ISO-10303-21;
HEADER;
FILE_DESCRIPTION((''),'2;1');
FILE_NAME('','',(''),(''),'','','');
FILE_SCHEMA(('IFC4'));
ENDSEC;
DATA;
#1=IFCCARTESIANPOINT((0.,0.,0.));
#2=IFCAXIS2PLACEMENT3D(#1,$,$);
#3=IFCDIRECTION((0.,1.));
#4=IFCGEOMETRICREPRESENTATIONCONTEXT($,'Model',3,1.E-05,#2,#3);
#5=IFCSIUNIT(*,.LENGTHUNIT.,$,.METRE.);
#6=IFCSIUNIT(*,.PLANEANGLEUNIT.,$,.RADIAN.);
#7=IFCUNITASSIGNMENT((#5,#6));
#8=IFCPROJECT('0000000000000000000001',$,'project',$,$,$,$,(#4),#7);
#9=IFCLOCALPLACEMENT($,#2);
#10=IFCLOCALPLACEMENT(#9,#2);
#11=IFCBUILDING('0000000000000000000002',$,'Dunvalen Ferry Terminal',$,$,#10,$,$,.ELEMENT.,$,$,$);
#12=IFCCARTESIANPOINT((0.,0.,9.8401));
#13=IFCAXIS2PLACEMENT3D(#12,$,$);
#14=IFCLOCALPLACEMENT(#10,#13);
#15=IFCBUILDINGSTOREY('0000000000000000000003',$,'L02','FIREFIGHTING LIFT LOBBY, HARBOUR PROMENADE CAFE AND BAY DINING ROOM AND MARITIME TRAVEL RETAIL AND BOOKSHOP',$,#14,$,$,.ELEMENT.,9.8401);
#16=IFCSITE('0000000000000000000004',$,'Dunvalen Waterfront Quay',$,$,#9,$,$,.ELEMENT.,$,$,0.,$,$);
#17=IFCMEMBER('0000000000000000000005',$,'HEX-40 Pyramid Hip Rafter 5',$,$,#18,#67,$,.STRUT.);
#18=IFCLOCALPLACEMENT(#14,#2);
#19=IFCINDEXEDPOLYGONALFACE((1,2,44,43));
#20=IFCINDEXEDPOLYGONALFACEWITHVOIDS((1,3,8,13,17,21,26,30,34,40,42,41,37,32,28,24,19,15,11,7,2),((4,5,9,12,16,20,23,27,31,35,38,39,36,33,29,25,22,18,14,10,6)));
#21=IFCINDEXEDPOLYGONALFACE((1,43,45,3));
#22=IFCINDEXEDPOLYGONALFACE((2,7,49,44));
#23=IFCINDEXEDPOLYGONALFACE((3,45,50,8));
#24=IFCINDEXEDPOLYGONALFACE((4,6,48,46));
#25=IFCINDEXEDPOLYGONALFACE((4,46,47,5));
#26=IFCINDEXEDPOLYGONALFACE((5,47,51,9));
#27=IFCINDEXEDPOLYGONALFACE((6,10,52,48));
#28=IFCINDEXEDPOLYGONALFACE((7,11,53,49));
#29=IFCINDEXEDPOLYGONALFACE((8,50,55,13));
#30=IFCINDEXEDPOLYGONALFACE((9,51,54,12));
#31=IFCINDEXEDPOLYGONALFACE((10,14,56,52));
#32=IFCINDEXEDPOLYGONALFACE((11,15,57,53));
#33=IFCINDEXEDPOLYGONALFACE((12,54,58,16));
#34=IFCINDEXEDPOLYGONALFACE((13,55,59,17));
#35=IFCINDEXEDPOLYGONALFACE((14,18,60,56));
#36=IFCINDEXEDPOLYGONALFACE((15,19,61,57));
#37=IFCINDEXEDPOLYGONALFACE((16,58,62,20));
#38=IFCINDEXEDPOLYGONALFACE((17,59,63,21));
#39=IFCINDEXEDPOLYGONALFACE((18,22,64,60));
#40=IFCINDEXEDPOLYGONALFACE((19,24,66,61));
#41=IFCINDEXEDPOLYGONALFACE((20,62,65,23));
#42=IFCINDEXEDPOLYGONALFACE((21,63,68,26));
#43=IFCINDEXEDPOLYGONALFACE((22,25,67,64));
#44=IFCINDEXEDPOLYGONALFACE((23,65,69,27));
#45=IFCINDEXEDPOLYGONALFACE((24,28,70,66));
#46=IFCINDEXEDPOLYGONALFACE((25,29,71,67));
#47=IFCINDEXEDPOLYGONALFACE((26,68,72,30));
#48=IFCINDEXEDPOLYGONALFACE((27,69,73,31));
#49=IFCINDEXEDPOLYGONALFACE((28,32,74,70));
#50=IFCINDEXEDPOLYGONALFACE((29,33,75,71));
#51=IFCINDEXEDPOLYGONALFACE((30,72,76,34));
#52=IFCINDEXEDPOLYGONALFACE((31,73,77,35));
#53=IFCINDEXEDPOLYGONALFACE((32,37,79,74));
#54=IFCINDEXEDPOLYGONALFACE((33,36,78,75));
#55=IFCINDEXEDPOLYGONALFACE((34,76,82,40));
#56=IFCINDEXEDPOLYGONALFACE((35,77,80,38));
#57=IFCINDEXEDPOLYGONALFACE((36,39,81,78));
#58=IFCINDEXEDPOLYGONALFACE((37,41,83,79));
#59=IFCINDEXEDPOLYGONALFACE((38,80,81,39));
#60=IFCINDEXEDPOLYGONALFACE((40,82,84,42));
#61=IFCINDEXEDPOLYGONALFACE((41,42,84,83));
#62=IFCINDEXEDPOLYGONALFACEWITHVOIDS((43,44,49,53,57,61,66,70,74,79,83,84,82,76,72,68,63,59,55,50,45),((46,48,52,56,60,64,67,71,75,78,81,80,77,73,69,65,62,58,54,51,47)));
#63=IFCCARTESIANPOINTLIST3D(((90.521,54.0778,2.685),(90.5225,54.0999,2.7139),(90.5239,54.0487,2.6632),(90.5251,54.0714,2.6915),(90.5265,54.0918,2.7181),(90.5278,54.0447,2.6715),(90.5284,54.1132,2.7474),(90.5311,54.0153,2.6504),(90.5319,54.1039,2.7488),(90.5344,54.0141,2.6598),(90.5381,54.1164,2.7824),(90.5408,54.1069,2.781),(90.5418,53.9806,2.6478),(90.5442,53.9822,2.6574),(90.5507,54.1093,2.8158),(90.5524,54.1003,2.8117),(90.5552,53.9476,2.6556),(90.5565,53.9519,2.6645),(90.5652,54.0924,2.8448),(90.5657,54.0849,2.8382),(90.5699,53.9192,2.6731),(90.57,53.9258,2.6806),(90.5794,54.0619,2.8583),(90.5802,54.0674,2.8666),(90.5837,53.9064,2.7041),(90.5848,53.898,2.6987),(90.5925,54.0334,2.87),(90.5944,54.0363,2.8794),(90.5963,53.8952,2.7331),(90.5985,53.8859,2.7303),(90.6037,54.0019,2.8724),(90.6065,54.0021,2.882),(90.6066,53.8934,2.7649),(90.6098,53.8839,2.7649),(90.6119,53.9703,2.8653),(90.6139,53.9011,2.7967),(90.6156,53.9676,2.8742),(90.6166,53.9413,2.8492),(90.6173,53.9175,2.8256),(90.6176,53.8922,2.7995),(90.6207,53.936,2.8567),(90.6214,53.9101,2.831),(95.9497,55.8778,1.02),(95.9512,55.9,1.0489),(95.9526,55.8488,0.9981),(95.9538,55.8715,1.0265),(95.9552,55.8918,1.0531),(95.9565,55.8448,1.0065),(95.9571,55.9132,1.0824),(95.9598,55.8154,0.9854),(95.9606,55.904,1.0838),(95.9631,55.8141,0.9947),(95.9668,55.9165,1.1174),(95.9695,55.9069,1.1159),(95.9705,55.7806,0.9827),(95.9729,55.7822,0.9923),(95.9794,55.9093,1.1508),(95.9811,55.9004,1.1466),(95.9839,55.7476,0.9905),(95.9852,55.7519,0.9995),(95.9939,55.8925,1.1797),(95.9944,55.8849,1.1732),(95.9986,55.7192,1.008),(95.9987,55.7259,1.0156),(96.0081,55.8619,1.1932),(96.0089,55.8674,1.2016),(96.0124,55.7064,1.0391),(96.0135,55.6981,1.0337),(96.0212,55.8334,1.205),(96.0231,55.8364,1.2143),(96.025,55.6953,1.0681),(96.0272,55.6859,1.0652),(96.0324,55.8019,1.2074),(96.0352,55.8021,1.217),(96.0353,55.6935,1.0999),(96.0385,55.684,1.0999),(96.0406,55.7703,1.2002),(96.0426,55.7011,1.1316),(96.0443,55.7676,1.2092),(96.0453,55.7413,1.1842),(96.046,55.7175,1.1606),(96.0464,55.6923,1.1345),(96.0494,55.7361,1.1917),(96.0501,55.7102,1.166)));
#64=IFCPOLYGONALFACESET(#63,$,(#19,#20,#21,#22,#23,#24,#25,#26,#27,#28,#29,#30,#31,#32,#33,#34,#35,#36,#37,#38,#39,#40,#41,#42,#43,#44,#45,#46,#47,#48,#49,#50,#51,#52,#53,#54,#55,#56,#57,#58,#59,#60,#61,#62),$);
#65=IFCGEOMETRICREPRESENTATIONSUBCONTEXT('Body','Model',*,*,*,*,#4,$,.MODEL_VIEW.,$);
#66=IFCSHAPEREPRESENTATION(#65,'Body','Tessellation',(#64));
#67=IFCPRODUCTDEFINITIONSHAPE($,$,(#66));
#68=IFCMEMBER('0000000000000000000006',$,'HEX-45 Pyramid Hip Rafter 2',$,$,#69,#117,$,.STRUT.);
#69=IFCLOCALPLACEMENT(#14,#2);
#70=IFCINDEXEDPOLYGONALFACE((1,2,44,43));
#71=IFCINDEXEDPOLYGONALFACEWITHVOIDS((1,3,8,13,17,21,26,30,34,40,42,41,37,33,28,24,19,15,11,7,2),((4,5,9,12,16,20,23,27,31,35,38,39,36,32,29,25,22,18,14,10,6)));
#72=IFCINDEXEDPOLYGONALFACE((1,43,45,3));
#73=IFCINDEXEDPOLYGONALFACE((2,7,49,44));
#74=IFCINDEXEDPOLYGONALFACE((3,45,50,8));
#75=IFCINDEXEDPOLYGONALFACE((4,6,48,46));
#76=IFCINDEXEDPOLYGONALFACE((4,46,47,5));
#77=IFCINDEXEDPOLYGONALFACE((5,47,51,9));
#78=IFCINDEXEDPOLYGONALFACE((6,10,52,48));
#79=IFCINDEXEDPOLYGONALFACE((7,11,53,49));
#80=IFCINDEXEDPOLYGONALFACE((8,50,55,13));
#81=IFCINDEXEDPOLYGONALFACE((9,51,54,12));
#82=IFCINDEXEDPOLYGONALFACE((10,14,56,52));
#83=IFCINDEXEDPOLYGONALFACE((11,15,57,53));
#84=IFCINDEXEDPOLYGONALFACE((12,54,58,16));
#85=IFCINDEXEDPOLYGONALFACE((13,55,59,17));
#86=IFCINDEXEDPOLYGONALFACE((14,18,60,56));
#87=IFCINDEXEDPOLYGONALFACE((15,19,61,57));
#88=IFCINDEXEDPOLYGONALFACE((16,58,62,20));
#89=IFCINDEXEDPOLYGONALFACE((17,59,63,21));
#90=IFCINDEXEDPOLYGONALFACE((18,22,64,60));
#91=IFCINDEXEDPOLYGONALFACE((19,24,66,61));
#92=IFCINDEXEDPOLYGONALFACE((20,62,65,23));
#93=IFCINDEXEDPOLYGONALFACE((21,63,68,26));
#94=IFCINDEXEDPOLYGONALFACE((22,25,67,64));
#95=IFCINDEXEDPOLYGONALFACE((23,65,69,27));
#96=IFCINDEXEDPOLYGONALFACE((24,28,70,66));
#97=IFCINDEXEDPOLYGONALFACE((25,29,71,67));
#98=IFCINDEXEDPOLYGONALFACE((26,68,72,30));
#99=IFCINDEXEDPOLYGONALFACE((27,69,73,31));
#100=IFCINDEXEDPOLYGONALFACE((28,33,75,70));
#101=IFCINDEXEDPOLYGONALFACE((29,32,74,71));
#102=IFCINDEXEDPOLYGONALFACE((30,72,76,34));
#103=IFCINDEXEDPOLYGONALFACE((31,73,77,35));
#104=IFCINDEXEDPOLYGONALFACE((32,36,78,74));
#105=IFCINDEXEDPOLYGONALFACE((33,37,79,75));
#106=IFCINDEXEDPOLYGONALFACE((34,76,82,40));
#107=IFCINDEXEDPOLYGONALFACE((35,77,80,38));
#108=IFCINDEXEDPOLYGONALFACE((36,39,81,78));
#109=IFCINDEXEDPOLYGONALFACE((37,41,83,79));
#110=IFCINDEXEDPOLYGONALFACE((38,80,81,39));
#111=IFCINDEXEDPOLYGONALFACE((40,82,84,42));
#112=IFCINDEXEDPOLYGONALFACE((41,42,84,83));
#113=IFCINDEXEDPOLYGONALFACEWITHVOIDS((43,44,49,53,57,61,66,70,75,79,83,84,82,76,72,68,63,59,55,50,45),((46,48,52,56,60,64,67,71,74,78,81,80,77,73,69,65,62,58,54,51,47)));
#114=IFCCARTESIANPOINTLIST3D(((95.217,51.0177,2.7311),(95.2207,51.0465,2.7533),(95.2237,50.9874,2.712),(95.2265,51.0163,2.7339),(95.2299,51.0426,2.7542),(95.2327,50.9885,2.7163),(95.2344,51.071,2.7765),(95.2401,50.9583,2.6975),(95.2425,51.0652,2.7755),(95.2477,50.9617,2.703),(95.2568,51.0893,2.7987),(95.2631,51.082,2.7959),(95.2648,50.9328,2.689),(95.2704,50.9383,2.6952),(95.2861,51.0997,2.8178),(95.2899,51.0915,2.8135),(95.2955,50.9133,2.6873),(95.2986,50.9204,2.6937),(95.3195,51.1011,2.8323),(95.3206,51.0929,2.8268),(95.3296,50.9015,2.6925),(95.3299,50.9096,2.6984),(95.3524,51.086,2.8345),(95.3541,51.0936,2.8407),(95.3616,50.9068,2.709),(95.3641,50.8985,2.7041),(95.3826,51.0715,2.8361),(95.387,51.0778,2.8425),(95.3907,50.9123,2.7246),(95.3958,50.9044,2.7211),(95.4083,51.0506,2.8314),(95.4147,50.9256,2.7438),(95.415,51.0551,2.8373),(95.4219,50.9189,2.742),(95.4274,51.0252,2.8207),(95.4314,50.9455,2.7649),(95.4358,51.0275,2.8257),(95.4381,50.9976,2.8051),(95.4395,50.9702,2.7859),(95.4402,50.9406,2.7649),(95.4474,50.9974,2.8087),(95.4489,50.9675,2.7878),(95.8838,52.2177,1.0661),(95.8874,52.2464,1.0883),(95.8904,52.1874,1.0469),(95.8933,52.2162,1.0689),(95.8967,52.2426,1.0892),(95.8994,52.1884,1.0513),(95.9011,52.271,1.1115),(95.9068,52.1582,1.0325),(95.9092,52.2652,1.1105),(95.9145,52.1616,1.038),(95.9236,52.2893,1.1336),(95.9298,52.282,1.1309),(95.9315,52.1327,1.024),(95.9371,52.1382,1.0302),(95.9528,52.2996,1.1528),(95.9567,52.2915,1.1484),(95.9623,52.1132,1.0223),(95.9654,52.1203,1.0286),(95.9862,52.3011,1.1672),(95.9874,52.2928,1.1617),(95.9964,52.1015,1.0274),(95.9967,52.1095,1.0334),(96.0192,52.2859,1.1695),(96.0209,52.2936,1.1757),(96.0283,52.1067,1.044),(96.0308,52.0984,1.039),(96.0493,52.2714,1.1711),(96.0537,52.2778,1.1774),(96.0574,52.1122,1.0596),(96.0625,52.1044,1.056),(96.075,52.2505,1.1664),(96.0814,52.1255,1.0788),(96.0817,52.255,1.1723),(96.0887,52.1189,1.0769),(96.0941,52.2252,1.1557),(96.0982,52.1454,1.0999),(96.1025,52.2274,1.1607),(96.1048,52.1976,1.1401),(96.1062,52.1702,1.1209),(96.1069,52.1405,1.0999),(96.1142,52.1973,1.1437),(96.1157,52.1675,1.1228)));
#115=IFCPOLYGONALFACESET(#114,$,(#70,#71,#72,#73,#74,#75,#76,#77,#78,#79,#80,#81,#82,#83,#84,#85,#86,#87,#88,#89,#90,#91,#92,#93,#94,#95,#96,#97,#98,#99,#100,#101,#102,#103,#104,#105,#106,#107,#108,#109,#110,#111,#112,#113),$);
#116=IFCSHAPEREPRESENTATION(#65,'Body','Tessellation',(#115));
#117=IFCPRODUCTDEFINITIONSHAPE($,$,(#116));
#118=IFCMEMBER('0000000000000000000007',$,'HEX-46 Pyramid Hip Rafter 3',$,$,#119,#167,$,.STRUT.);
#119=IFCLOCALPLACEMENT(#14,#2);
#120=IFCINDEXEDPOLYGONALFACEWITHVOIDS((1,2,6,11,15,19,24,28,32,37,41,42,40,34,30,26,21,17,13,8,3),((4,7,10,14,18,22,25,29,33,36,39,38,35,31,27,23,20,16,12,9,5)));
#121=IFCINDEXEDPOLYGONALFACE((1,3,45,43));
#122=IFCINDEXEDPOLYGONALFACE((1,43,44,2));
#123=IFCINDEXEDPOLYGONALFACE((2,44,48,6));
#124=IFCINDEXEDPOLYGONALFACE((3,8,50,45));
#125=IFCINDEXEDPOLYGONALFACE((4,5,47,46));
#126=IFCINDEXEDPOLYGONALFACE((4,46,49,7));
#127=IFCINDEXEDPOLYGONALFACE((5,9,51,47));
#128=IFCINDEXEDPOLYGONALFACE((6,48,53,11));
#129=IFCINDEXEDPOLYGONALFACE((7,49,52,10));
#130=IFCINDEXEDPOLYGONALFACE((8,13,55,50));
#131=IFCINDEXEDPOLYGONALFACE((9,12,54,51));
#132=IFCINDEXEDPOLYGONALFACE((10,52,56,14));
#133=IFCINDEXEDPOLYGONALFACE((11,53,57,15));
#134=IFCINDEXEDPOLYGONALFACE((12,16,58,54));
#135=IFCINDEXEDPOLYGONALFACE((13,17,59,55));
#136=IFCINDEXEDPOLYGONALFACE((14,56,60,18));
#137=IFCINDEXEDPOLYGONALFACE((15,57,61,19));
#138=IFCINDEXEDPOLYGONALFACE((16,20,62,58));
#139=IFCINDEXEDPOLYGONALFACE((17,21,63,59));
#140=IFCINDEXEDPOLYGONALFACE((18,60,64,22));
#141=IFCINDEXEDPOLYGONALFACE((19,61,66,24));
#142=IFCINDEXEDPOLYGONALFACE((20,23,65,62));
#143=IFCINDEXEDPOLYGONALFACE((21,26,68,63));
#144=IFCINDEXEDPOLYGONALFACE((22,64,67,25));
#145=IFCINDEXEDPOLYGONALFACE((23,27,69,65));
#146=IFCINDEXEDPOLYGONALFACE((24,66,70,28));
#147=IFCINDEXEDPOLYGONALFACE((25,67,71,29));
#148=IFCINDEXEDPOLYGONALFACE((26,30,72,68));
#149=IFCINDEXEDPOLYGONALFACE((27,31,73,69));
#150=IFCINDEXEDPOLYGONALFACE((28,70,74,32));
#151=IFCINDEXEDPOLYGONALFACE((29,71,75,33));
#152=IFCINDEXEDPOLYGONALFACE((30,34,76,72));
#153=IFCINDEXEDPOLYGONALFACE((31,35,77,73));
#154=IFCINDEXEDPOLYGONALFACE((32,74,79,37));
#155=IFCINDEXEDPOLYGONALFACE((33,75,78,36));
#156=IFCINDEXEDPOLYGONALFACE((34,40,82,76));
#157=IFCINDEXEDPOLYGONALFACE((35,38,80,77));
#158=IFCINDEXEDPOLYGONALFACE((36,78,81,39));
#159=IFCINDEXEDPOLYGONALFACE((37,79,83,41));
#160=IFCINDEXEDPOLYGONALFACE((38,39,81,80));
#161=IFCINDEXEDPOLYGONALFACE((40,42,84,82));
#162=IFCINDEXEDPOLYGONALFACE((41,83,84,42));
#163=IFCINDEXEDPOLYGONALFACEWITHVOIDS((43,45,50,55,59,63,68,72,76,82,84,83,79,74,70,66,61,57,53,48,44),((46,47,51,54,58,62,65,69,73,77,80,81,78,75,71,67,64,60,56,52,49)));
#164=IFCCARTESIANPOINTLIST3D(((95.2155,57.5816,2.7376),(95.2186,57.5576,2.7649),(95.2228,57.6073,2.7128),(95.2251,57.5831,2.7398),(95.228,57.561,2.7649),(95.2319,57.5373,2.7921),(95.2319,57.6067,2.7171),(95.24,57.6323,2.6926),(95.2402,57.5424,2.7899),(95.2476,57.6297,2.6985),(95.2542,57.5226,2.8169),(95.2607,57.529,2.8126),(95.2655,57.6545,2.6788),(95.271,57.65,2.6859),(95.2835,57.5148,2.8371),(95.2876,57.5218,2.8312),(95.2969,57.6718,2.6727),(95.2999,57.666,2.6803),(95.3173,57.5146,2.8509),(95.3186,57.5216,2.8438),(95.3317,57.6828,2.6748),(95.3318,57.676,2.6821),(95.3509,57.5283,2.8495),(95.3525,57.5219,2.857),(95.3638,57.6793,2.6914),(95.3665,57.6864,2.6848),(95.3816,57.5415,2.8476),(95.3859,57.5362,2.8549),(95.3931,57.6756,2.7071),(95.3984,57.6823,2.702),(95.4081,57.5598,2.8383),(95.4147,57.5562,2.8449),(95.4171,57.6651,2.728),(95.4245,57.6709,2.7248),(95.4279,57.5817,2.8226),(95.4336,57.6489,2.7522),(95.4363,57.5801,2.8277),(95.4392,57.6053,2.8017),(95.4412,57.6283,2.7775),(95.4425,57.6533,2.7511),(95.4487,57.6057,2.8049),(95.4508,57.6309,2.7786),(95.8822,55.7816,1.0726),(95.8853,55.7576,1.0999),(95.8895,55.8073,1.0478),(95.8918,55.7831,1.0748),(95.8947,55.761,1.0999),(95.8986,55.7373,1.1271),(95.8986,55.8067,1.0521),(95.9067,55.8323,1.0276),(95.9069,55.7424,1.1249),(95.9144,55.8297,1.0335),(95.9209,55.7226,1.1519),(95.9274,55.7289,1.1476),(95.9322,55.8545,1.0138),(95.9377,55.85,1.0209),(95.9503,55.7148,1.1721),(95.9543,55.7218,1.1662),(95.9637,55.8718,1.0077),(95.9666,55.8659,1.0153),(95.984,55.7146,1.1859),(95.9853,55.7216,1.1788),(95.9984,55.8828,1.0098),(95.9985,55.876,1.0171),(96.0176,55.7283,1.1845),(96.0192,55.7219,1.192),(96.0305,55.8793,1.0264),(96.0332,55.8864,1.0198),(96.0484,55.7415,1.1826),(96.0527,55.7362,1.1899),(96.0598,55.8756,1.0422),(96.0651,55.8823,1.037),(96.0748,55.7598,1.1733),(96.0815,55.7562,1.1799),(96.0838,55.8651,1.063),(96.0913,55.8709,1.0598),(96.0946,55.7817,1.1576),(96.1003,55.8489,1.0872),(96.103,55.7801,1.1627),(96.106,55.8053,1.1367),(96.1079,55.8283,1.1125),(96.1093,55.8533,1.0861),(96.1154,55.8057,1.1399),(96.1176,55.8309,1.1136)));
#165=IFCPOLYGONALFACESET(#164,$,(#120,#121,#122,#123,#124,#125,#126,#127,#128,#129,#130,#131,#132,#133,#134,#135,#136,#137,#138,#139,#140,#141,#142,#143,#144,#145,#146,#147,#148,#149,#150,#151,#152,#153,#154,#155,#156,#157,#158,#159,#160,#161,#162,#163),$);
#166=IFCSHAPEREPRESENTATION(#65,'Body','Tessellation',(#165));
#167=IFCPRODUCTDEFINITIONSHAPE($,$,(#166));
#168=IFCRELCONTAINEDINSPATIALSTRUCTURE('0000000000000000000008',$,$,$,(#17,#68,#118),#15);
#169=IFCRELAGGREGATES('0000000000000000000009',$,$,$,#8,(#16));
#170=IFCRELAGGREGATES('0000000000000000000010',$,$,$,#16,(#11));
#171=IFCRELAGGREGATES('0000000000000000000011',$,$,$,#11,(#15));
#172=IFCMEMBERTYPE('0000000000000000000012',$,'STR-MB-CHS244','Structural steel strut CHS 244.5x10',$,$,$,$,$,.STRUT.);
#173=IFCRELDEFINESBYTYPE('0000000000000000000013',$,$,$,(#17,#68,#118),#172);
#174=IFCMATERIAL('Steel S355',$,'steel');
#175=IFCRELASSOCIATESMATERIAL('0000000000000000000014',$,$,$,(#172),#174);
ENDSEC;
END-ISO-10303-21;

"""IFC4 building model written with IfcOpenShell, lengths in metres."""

from ifc_helpers import new_model, si_unit, direction, frame, origin, origin_2d, place, context, subcontext, project, spatial, hollow_circle, extrude, material, material_profile, profile_set, type_object, element, save


model = new_model("IFC4")

# Units and contexts
model_context = context("Model", 3, precision=1e-05, world=origin(), true_north=direction((0.0, 1.0)))
body_context = subcontext(model_context, "Body", "Model", "MODEL_VIEW")
ifc_project = project(units=[si_unit("LENGTHUNIT", "METRE"), si_unit("PLANEANGLEUNIT", "RADIAN")], contexts=[model_context])

# Site, building, storey
site_placement = place(None, origin())
site = spatial("IfcSite", under=ifc_project, at=site_placement, Name="Dunvalen Waterfront Quay", CompositionType="ELEMENT", RefElevation=0.0)
building_placement = place(site_placement, origin())
building = spatial("IfcBuilding", under=site, at=building_placement, Name="Dunvalen Ferry Terminal", CompositionType="ELEMENT")
storey_placement = place(building_placement, frame((0.0, 0.0, 9.8401)))
storey = spatial("IfcBuildingStorey", under=building, at=storey_placement, Name="L02", Description="FIREFIGHTING LIFT LOBBY, HARBOUR PROMENADE CAFE AND BAY DINING ROOM AND MARITIME TRAVEL RETAIL AND BOOKSHOP", CompositionType="ELEMENT", Elevation=9.8401)

# Shared definitions
ifc_material_1 = material(Name="Steel S355", Category="steel")

# Members
ifc_material_profile_1 = material_profile(ifc_material_1, hollow_circle(Radius=0.1223, WallThickness=0.01, at=origin_2d()), Name="Steel S355")
ifc_profile_set_1 = profile_set([ifc_material_profile_1], Name="Steel S355")
member_type_1 = type_object("IfcMemberType", Name="STR-MB-CHS244", Description="Structural steel strut CHS 244.5x10", PredefinedType="STRUT", material=ifc_profile_set_1)
member_1_placement = place(storey_placement, frame((96.0, 55.8, 1.0999), z_axis=(-0.911347, -0.302184, 0.279519), x_axis=(0.314729, -0.949182, 0.0)))
element("IfcMember", 1, at=member_1_placement, inside=storey, type_object=member_type_1, Name="HEX-40 Pyramid Hip Rafter 5", PredefinedType="STRUT", context=body_context, shape_type="SweptSolid", body=[
    extrude(hollow_circle(Radius=0.1223, WallThickness=0.01, at=origin_2d()), origin(), (0.0, 0.0, 1.0), 5.9568),
])
member_2_placement = place(storey_placement, frame((96.0, 52.2, 1.0999), z_axis=(-0.308971, -0.556058, 0.77158), x_axis=(0.874124, -0.485703, 0.0)))
element("IfcMember", 2, at=member_2_placement, inside=storey, type_object=member_type_1, Name="HEX-45 Pyramid Hip Rafter 2", PredefinedType="STRUT", context=body_context, shape_type="SweptSolid", body=[
    extrude(hollow_circle(Radius=0.1223, WallThickness=0.01, at=origin_2d()), origin(), (0.0, 0.0, 1.0), 2.158),
])
member_3_placement = place(storey_placement, frame((96.0, 55.8, 1.0999), z_axis=(-0.262388, 0.70838, 0.655249), x_axis=(-0.937738, -0.347343, 0.0)))
element("IfcMember", 3, at=member_3_placement, inside=storey, type_object=member_type_1, Name="HEX-46 Pyramid Hip Rafter 3", PredefinedType="STRUT", context=body_context, shape_type="SweptSolid", body=[
    extrude(hollow_circle(Radius=0.1223, WallThickness=0.01, at=origin_2d()), origin(), (0.0, 0.0, 1.0), 2.541),
])

save(model, "model.ifc")
